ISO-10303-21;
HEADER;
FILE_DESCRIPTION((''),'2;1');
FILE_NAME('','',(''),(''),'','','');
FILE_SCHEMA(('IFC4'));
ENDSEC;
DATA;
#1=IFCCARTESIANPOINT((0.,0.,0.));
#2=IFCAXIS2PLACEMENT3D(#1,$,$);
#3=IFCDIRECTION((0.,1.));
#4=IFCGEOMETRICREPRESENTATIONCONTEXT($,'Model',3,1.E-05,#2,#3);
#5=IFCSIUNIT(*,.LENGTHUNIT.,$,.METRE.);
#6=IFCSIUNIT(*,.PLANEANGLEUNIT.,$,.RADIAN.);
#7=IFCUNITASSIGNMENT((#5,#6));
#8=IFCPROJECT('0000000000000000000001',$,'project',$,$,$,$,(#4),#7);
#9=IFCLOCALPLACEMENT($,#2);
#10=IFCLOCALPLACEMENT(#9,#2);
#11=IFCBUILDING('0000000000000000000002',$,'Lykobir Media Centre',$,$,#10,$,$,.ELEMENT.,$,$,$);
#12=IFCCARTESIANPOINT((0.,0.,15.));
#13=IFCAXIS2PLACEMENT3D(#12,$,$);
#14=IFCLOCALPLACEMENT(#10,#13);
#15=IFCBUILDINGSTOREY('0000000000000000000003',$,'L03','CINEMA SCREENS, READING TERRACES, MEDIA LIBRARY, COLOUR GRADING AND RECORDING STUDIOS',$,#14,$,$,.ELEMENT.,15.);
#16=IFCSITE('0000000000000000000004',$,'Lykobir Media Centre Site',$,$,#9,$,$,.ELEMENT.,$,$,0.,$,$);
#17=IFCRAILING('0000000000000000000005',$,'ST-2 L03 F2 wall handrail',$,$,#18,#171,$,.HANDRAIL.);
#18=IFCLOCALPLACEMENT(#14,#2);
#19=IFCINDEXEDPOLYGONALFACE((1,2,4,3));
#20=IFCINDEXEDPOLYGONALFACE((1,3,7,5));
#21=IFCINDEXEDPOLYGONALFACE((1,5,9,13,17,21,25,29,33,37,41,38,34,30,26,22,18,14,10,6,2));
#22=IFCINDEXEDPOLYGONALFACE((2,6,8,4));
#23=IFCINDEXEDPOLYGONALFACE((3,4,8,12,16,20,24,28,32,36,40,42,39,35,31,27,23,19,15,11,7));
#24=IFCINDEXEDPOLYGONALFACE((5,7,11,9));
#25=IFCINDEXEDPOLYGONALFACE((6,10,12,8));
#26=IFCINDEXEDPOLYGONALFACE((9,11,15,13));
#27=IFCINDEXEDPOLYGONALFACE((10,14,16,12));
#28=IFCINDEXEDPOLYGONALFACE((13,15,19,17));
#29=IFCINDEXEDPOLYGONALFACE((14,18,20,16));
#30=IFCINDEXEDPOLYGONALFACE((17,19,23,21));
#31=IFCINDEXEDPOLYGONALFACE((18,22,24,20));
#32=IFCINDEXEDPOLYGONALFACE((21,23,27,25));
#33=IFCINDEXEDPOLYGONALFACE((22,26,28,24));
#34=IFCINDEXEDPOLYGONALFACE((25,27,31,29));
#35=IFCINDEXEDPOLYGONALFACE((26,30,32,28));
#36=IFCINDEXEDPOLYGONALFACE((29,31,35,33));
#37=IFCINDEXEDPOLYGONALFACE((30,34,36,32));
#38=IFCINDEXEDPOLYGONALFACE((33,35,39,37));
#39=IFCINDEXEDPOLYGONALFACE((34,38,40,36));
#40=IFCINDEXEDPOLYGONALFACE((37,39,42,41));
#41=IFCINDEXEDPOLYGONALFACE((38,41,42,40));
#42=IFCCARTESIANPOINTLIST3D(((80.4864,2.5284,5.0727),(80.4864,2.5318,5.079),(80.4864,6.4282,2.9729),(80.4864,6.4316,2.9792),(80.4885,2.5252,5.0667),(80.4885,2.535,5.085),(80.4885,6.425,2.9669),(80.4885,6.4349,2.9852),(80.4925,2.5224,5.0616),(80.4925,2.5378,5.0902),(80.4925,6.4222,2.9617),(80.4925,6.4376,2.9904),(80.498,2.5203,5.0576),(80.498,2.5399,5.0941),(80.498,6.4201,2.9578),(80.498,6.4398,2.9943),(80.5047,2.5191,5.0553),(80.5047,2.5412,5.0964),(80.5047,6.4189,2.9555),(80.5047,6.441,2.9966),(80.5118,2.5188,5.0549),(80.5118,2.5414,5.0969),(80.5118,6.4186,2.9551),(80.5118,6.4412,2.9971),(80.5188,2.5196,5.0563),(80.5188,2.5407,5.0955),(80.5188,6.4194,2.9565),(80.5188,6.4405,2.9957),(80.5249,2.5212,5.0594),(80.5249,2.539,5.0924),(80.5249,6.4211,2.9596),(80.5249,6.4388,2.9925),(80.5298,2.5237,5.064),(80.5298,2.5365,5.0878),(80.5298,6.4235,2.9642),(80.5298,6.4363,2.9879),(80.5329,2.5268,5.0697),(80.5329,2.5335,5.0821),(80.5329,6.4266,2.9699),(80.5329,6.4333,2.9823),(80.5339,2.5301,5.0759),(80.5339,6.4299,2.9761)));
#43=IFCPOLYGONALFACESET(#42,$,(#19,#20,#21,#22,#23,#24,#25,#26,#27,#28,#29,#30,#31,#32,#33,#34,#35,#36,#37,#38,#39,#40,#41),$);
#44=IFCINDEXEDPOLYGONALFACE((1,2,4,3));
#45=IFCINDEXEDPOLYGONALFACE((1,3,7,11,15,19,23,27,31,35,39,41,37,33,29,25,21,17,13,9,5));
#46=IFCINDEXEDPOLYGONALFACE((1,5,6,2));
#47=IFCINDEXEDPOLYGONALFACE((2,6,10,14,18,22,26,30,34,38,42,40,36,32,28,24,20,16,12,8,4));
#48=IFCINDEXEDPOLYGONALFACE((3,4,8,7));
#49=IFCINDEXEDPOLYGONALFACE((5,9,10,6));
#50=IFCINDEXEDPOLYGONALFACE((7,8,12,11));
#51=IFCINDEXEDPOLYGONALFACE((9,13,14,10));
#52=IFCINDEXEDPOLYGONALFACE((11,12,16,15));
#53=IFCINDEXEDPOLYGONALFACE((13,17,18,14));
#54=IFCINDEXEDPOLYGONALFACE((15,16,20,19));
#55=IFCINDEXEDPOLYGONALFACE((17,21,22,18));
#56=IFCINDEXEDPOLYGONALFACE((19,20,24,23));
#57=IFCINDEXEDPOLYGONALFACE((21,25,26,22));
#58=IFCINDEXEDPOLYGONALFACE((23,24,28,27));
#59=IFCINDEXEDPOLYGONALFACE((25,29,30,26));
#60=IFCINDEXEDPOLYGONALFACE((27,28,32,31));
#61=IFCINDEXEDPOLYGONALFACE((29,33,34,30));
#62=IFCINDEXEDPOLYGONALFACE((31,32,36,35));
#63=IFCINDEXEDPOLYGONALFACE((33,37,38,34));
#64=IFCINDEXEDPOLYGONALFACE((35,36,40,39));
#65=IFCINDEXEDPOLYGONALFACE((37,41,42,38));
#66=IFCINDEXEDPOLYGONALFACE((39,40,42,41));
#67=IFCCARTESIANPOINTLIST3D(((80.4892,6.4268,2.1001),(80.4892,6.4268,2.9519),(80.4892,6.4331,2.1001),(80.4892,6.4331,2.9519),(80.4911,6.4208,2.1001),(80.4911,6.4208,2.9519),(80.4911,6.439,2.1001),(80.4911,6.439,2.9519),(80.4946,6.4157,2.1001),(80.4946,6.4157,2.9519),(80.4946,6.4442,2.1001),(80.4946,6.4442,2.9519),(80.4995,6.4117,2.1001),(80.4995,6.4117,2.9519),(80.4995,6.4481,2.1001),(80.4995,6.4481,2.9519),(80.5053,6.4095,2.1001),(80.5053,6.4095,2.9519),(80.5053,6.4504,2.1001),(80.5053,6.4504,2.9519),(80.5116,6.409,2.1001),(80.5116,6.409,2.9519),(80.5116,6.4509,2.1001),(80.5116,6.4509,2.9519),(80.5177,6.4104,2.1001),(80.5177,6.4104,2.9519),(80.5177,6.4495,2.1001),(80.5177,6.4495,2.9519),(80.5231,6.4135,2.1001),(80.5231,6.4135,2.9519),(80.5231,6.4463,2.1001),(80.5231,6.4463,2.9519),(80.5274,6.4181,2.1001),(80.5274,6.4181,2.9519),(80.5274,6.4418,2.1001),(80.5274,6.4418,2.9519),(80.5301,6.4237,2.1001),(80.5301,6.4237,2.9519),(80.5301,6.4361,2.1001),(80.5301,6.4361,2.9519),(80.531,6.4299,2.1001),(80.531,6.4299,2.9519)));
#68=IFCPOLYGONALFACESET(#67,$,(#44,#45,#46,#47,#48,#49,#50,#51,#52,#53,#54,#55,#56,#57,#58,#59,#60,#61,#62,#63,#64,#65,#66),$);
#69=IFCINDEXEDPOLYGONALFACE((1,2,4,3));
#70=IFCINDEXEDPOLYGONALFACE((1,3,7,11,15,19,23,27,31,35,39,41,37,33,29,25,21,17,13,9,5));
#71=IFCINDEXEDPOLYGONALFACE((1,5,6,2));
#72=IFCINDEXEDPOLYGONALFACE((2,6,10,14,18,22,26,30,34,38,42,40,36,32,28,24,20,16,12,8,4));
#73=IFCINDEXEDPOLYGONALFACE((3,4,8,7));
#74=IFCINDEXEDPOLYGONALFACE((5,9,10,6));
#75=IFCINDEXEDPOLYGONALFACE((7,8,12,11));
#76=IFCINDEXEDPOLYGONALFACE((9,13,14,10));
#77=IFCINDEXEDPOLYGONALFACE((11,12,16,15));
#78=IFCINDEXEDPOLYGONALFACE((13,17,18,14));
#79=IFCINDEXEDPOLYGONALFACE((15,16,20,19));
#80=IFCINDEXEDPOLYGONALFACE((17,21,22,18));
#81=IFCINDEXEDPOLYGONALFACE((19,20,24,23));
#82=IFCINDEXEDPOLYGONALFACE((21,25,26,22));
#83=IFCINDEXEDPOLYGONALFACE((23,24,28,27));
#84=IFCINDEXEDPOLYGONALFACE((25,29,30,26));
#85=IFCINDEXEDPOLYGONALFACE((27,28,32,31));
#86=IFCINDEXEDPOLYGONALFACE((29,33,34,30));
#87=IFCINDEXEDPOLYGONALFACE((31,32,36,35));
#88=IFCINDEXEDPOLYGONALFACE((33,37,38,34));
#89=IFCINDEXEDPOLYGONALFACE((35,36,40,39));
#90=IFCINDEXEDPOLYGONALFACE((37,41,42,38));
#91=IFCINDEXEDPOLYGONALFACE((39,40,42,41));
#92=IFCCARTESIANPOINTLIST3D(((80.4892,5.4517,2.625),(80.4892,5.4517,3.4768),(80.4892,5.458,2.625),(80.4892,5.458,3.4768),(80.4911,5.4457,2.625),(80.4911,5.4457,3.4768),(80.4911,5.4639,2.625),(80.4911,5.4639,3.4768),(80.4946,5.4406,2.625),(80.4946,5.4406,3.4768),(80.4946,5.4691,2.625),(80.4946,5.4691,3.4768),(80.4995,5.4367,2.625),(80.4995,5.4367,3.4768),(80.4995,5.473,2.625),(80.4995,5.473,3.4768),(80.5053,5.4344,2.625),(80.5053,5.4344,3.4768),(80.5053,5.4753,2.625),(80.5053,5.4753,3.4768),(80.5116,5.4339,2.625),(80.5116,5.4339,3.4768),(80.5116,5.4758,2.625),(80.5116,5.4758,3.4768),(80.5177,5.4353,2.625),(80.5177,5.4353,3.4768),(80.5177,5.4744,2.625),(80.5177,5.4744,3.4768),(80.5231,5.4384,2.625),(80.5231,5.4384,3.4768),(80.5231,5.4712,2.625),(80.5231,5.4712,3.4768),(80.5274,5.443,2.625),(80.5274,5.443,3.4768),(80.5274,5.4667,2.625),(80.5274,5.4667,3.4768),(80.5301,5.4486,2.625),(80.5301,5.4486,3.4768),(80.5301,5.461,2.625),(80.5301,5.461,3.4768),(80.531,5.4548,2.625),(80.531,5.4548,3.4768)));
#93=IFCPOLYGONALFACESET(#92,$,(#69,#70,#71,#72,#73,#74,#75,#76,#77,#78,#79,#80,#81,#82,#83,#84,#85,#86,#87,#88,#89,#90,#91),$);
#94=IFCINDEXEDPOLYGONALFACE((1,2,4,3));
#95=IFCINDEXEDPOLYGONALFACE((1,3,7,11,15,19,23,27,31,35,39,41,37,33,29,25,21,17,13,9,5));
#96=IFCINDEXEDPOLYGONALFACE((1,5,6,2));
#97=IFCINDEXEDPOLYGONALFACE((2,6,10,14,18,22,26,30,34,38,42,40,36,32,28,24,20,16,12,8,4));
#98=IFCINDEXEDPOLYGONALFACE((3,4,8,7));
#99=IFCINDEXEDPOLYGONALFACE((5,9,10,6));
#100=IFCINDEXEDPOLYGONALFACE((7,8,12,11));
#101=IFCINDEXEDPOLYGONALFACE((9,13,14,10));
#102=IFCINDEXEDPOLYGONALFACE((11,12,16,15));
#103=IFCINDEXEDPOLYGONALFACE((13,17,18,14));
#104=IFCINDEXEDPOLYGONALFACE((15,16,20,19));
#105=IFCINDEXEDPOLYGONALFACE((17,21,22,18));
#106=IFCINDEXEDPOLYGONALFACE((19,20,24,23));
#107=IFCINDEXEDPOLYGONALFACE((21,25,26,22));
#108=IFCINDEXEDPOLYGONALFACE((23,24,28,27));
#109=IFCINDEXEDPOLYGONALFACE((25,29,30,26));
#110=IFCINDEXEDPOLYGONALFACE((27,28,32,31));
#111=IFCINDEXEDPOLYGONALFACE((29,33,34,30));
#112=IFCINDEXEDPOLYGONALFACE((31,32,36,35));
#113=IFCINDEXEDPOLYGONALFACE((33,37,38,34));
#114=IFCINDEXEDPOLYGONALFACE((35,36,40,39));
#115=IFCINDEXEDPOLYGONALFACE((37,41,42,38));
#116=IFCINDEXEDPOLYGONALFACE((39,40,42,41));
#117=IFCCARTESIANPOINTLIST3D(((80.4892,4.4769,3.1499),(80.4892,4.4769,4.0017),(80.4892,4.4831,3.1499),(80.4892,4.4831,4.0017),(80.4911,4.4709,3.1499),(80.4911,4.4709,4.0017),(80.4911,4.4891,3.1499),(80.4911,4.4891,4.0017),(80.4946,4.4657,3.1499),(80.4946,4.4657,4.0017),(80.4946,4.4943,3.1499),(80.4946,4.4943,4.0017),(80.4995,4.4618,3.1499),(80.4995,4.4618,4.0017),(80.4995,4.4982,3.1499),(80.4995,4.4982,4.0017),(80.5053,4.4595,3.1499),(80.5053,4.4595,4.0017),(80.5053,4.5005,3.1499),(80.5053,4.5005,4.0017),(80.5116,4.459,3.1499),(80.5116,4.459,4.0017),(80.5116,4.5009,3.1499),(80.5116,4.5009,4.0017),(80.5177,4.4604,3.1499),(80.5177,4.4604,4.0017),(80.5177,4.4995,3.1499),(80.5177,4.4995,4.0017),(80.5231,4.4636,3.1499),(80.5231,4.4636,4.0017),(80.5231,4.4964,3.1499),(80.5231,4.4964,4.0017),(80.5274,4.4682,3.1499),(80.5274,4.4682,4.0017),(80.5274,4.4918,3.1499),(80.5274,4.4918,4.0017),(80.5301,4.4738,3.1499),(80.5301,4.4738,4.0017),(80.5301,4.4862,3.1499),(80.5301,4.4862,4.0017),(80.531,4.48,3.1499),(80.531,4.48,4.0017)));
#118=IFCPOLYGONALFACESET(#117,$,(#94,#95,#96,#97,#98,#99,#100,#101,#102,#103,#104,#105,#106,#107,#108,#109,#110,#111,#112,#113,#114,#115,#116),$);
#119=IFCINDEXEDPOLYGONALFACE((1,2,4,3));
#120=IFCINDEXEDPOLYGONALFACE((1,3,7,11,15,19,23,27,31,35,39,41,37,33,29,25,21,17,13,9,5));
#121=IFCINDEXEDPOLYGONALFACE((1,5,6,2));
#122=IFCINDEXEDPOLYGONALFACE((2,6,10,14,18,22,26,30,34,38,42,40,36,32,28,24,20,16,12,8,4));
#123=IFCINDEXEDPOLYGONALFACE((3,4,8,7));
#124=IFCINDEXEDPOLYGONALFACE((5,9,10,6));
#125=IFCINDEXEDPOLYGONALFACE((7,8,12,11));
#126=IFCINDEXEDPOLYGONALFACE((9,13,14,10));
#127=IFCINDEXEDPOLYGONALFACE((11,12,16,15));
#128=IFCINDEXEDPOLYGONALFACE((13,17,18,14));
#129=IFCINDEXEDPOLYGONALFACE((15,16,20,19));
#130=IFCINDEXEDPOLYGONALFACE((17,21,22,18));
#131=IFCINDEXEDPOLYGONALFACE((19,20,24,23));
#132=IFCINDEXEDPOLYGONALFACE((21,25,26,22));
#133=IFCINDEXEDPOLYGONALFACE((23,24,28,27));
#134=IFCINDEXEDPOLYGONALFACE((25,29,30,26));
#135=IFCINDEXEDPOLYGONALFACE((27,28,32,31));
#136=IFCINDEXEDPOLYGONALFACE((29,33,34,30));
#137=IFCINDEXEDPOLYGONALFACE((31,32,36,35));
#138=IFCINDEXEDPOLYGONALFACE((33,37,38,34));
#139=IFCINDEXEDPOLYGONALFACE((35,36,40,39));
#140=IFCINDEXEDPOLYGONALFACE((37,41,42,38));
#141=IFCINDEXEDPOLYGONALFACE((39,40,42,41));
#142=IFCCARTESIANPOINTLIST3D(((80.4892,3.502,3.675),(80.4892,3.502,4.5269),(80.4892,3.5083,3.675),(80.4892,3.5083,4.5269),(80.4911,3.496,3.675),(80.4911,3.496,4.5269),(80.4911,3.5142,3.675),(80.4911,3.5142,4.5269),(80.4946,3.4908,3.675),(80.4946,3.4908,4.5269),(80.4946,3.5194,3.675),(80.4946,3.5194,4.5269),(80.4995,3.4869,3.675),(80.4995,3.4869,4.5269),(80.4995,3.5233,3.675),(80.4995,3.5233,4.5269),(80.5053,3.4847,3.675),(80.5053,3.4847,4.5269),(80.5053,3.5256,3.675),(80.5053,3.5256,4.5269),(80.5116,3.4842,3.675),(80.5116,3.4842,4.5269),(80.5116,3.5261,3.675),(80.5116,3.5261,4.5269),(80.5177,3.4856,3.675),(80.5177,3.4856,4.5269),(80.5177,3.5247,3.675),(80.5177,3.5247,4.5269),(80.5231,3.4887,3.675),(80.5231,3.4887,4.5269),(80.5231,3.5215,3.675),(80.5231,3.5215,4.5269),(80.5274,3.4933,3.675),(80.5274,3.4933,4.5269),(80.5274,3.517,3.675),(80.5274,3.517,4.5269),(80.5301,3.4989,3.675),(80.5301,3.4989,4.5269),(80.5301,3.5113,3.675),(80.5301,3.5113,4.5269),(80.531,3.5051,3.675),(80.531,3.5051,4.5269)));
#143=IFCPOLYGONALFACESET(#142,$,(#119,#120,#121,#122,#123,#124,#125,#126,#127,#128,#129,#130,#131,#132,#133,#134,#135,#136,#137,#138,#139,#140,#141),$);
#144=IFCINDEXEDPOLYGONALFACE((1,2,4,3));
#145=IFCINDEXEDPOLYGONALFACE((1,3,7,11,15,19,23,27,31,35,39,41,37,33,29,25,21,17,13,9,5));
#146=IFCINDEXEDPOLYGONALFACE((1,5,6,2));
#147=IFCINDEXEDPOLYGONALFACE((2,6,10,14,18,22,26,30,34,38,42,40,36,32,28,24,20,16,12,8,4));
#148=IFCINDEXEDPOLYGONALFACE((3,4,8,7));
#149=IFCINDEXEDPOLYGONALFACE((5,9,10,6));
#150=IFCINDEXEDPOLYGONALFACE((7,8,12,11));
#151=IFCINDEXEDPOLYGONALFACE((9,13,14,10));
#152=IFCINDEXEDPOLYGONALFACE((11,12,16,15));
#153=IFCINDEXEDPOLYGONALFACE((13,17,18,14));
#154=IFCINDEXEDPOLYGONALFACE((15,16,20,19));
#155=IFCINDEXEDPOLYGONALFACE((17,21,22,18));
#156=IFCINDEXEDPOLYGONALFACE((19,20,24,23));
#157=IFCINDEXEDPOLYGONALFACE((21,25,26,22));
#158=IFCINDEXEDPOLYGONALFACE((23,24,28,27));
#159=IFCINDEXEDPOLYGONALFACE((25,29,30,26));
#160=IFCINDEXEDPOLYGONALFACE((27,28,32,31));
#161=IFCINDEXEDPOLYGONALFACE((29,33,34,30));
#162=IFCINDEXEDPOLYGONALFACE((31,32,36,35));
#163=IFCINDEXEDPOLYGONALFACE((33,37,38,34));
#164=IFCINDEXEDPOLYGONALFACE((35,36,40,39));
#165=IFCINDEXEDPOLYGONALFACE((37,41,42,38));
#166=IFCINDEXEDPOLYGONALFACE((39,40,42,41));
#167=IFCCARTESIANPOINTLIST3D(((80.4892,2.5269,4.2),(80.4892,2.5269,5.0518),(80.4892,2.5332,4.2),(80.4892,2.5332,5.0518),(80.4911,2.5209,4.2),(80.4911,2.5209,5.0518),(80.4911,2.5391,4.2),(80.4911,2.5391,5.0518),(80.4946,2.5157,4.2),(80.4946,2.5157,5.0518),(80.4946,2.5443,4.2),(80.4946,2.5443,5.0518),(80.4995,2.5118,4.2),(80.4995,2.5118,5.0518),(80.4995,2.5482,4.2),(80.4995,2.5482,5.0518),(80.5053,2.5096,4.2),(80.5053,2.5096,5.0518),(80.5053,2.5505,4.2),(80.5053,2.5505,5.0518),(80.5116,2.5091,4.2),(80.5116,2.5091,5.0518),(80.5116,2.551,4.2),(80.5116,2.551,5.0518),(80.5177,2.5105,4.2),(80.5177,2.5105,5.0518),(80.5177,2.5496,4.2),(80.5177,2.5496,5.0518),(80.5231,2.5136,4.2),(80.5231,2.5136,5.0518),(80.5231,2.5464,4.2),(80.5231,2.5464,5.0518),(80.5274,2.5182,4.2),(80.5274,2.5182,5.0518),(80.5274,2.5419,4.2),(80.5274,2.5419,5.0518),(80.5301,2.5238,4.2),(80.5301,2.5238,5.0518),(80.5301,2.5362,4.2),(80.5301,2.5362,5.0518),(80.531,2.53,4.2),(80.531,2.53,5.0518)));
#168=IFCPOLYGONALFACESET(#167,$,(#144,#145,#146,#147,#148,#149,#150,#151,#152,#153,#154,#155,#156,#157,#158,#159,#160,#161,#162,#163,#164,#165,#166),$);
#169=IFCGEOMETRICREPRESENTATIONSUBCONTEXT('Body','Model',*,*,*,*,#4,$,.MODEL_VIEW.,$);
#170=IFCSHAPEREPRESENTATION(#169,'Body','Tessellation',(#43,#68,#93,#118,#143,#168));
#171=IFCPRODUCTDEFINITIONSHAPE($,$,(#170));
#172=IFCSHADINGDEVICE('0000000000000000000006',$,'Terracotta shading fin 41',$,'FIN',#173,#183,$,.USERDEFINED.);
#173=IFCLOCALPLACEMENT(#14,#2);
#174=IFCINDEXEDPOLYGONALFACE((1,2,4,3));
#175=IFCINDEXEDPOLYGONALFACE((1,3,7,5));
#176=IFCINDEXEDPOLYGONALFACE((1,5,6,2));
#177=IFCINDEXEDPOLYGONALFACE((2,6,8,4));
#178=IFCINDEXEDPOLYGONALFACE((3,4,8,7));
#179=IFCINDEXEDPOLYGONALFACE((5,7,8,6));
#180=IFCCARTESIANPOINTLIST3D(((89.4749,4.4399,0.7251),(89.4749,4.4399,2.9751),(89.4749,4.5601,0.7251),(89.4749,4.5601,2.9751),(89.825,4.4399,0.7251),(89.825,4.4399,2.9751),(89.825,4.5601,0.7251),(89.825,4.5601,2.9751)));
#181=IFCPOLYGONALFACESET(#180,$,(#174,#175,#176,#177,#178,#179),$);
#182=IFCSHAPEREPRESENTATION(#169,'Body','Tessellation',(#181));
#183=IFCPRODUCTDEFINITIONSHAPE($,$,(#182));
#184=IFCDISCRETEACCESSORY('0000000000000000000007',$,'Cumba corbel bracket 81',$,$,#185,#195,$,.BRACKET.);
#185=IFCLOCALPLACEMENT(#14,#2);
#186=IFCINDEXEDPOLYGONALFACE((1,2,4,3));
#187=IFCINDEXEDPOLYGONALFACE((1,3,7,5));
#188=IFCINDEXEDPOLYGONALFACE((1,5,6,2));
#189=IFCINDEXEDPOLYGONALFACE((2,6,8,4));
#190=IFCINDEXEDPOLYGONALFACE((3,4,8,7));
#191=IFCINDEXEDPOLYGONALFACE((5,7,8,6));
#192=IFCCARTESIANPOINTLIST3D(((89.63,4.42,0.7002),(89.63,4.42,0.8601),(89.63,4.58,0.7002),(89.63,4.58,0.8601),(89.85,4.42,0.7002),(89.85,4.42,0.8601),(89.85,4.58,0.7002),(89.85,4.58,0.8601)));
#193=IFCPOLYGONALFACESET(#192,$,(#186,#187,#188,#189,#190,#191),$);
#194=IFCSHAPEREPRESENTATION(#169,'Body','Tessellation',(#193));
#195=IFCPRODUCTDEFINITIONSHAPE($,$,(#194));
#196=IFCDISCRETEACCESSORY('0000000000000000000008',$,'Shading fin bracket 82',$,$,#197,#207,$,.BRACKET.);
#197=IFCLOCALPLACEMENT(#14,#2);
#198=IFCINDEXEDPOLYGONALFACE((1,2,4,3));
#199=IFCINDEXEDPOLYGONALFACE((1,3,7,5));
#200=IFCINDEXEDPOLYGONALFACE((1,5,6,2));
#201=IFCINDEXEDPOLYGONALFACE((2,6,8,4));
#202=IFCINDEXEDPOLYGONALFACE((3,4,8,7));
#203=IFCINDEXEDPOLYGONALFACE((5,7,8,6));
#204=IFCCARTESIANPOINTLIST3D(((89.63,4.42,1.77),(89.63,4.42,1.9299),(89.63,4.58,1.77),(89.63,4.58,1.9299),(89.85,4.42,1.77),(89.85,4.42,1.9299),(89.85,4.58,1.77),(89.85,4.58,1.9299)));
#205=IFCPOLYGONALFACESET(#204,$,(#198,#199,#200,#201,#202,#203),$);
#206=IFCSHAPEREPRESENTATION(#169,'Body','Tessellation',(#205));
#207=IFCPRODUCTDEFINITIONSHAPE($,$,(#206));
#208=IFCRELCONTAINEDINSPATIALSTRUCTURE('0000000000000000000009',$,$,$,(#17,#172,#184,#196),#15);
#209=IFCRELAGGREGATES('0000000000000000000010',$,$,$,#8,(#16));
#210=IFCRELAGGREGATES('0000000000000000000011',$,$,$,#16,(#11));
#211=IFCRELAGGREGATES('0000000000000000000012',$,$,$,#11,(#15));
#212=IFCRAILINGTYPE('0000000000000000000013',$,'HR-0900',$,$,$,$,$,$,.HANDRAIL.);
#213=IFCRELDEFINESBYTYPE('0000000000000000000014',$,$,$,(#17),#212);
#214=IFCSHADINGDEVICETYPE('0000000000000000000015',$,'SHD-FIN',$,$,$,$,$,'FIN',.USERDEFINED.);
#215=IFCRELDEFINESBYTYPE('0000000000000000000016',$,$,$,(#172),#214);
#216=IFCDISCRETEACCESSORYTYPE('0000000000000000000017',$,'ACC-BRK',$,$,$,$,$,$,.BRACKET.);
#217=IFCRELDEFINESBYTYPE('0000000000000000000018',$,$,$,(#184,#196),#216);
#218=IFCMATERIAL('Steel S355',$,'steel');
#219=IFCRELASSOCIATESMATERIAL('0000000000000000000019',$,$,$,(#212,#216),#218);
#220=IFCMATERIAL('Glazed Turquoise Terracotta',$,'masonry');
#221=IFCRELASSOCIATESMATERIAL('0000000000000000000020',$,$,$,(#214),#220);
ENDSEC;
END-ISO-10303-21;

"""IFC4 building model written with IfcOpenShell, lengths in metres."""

from ifc_helpers import new_model, si_unit, direction, frame, origin, origin_2d, place, context, subcontext, project, spatial, rectangle, circle, extrude, material, type_object, element, save


model = new_model("IFC4")

# Units and contexts
model_context = context("Model", 3, precision=1e-05, world=origin(), true_north=direction((0.0, 1.0)))
body_context = subcontext(model_context, "Body", "Model", "MODEL_VIEW")
ifc_project = project(units=[si_unit("LENGTHUNIT", "METRE"), si_unit("PLANEANGLEUNIT", "RADIAN")], contexts=[model_context])

# Site, building, storey
site_placement = place(None, origin())
site = spatial("IfcSite", under=ifc_project, at=site_placement, Name="Lykobir Media Centre Site", CompositionType="ELEMENT", RefElevation=0.0)
building_placement = place(site_placement, origin())
building = spatial("IfcBuilding", under=site, at=building_placement, Name="Lykobir Media Centre", CompositionType="ELEMENT")
storey_placement = place(building_placement, frame((0.0, 0.0, 15.0)))
storey = spatial("IfcBuildingStorey", under=building, at=storey_placement, Name="L03", Description="CINEMA SCREENS, READING TERRACES, MEDIA LIBRARY, COLOUR GRADING AND RECORDING STUDIOS", CompositionType="ELEMENT", Elevation=15.0)

# Shared definitions
ifc_material_1 = material(Name="Steel S355", Category="steel")

# Shared definitions
ifc_material_2 = material(Name="Glazed Turquoise Terracotta", Category="masonry")

# Railing
railing_type_1 = type_object("IfcRailingType", Name="HR-0900", PredefinedType="HANDRAIL", material=ifc_material_1)
railing_1_placement = place(storey_placement, frame((80.51, 6.4299, 2.1001)))
element("IfcRailing", 1, at=railing_1_placement, inside=storey, type_object=railing_type_1, Name="ST-2 L03 F2 wall handrail", PredefinedType="HANDRAIL", context=body_context, shape_type="SweptSolid", body=[
    extrude(circle(Radius=0.0239, at=origin_2d()), frame((0.0, 0.0, 0.876), z_axis=(0.0, -0.88048, 0.474083), x_axis=(1.0, 0.0, 0.0)), (0.0, 0.0, 1.0), 4.4292),
    extrude(circle(Radius=0.021, at=origin_2d()), origin(), (0.0, 0.0, 1.0), 0.8518),
    extrude(circle(Radius=0.021, at=origin_2d()), frame((0.0, -0.9751, 0.5249)), (0.0, 0.0, 1.0), 0.8518),
    extrude(circle(Radius=0.021, at=origin_2d()), frame((0.0, -1.95, 1.0498)), (0.0, 0.0, 1.0), 0.8518),
    extrude(circle(Radius=0.021, at=origin_2d()), frame((0.0, -2.9248, 1.575)), (0.0, 0.0, 1.0), 0.8518),
    extrude(circle(Radius=0.021, at=origin_2d()), frame((0.0, -3.8999, 2.0999)), (0.0, 0.0, 1.0), 0.8518),
])

# Shading device
shading_device_type = type_object("IfcShadingDeviceType", Name="SHD-FIN", ElementType="FIN", PredefinedType="USERDEFINED", material=ifc_material_2)
shading_device_placement = place(storey_placement, frame((89.6499, 4.5, 0.7251), z_axis=(0.0, 0.0, 1.0), x_axis=(0.0, -1.0, 0.0)))
element("IfcShadingDevice", 2, at=shading_device_placement, inside=storey, type_object=shading_device_type, Name="Terracotta shading fin 41", ObjectType="FIN", PredefinedType="USERDEFINED", context=body_context, shape_type="SweptSolid", body=[
    extrude(rectangle(XDim=0.1201, YDim=0.3501, at=origin_2d()), origin(), (0.0, 0.0, 1.0), 2.25),
])

# Discrete accessories
discrete_accessory_type = type_object("IfcDiscreteAccessoryType", Name="ACC-BRK", PredefinedType="BRACKET", material=ifc_material_1)
for number, where, z_axis, x_axis, name in (
    (3, (89.74, 4.5, 0.7002), (0.0, 0.0, 1.0), (0.0, -1.0, 0.0), "Cumba corbel bracket 81"),
    (4, (89.74, 4.5, 1.77), (0.0, 0.0, 1.0), (0.0, -1.0, 0.0), "Shading fin bracket 82"),
):
    element("IfcDiscreteAccessory", number, at=place(storey_placement, frame(where, z_axis=z_axis, x_axis=x_axis)), inside=storey, type_object=discrete_accessory_type, Name=name, PredefinedType="BRACKET", context=body_context, shape_type="SweptSolid", body=[
        extrude(rectangle(XDim=0.1599, YDim=0.22, at=origin_2d()), origin(), (0.0, 0.0, 1.0), 0.1599),
    ])

save(model, "model.ifc")
